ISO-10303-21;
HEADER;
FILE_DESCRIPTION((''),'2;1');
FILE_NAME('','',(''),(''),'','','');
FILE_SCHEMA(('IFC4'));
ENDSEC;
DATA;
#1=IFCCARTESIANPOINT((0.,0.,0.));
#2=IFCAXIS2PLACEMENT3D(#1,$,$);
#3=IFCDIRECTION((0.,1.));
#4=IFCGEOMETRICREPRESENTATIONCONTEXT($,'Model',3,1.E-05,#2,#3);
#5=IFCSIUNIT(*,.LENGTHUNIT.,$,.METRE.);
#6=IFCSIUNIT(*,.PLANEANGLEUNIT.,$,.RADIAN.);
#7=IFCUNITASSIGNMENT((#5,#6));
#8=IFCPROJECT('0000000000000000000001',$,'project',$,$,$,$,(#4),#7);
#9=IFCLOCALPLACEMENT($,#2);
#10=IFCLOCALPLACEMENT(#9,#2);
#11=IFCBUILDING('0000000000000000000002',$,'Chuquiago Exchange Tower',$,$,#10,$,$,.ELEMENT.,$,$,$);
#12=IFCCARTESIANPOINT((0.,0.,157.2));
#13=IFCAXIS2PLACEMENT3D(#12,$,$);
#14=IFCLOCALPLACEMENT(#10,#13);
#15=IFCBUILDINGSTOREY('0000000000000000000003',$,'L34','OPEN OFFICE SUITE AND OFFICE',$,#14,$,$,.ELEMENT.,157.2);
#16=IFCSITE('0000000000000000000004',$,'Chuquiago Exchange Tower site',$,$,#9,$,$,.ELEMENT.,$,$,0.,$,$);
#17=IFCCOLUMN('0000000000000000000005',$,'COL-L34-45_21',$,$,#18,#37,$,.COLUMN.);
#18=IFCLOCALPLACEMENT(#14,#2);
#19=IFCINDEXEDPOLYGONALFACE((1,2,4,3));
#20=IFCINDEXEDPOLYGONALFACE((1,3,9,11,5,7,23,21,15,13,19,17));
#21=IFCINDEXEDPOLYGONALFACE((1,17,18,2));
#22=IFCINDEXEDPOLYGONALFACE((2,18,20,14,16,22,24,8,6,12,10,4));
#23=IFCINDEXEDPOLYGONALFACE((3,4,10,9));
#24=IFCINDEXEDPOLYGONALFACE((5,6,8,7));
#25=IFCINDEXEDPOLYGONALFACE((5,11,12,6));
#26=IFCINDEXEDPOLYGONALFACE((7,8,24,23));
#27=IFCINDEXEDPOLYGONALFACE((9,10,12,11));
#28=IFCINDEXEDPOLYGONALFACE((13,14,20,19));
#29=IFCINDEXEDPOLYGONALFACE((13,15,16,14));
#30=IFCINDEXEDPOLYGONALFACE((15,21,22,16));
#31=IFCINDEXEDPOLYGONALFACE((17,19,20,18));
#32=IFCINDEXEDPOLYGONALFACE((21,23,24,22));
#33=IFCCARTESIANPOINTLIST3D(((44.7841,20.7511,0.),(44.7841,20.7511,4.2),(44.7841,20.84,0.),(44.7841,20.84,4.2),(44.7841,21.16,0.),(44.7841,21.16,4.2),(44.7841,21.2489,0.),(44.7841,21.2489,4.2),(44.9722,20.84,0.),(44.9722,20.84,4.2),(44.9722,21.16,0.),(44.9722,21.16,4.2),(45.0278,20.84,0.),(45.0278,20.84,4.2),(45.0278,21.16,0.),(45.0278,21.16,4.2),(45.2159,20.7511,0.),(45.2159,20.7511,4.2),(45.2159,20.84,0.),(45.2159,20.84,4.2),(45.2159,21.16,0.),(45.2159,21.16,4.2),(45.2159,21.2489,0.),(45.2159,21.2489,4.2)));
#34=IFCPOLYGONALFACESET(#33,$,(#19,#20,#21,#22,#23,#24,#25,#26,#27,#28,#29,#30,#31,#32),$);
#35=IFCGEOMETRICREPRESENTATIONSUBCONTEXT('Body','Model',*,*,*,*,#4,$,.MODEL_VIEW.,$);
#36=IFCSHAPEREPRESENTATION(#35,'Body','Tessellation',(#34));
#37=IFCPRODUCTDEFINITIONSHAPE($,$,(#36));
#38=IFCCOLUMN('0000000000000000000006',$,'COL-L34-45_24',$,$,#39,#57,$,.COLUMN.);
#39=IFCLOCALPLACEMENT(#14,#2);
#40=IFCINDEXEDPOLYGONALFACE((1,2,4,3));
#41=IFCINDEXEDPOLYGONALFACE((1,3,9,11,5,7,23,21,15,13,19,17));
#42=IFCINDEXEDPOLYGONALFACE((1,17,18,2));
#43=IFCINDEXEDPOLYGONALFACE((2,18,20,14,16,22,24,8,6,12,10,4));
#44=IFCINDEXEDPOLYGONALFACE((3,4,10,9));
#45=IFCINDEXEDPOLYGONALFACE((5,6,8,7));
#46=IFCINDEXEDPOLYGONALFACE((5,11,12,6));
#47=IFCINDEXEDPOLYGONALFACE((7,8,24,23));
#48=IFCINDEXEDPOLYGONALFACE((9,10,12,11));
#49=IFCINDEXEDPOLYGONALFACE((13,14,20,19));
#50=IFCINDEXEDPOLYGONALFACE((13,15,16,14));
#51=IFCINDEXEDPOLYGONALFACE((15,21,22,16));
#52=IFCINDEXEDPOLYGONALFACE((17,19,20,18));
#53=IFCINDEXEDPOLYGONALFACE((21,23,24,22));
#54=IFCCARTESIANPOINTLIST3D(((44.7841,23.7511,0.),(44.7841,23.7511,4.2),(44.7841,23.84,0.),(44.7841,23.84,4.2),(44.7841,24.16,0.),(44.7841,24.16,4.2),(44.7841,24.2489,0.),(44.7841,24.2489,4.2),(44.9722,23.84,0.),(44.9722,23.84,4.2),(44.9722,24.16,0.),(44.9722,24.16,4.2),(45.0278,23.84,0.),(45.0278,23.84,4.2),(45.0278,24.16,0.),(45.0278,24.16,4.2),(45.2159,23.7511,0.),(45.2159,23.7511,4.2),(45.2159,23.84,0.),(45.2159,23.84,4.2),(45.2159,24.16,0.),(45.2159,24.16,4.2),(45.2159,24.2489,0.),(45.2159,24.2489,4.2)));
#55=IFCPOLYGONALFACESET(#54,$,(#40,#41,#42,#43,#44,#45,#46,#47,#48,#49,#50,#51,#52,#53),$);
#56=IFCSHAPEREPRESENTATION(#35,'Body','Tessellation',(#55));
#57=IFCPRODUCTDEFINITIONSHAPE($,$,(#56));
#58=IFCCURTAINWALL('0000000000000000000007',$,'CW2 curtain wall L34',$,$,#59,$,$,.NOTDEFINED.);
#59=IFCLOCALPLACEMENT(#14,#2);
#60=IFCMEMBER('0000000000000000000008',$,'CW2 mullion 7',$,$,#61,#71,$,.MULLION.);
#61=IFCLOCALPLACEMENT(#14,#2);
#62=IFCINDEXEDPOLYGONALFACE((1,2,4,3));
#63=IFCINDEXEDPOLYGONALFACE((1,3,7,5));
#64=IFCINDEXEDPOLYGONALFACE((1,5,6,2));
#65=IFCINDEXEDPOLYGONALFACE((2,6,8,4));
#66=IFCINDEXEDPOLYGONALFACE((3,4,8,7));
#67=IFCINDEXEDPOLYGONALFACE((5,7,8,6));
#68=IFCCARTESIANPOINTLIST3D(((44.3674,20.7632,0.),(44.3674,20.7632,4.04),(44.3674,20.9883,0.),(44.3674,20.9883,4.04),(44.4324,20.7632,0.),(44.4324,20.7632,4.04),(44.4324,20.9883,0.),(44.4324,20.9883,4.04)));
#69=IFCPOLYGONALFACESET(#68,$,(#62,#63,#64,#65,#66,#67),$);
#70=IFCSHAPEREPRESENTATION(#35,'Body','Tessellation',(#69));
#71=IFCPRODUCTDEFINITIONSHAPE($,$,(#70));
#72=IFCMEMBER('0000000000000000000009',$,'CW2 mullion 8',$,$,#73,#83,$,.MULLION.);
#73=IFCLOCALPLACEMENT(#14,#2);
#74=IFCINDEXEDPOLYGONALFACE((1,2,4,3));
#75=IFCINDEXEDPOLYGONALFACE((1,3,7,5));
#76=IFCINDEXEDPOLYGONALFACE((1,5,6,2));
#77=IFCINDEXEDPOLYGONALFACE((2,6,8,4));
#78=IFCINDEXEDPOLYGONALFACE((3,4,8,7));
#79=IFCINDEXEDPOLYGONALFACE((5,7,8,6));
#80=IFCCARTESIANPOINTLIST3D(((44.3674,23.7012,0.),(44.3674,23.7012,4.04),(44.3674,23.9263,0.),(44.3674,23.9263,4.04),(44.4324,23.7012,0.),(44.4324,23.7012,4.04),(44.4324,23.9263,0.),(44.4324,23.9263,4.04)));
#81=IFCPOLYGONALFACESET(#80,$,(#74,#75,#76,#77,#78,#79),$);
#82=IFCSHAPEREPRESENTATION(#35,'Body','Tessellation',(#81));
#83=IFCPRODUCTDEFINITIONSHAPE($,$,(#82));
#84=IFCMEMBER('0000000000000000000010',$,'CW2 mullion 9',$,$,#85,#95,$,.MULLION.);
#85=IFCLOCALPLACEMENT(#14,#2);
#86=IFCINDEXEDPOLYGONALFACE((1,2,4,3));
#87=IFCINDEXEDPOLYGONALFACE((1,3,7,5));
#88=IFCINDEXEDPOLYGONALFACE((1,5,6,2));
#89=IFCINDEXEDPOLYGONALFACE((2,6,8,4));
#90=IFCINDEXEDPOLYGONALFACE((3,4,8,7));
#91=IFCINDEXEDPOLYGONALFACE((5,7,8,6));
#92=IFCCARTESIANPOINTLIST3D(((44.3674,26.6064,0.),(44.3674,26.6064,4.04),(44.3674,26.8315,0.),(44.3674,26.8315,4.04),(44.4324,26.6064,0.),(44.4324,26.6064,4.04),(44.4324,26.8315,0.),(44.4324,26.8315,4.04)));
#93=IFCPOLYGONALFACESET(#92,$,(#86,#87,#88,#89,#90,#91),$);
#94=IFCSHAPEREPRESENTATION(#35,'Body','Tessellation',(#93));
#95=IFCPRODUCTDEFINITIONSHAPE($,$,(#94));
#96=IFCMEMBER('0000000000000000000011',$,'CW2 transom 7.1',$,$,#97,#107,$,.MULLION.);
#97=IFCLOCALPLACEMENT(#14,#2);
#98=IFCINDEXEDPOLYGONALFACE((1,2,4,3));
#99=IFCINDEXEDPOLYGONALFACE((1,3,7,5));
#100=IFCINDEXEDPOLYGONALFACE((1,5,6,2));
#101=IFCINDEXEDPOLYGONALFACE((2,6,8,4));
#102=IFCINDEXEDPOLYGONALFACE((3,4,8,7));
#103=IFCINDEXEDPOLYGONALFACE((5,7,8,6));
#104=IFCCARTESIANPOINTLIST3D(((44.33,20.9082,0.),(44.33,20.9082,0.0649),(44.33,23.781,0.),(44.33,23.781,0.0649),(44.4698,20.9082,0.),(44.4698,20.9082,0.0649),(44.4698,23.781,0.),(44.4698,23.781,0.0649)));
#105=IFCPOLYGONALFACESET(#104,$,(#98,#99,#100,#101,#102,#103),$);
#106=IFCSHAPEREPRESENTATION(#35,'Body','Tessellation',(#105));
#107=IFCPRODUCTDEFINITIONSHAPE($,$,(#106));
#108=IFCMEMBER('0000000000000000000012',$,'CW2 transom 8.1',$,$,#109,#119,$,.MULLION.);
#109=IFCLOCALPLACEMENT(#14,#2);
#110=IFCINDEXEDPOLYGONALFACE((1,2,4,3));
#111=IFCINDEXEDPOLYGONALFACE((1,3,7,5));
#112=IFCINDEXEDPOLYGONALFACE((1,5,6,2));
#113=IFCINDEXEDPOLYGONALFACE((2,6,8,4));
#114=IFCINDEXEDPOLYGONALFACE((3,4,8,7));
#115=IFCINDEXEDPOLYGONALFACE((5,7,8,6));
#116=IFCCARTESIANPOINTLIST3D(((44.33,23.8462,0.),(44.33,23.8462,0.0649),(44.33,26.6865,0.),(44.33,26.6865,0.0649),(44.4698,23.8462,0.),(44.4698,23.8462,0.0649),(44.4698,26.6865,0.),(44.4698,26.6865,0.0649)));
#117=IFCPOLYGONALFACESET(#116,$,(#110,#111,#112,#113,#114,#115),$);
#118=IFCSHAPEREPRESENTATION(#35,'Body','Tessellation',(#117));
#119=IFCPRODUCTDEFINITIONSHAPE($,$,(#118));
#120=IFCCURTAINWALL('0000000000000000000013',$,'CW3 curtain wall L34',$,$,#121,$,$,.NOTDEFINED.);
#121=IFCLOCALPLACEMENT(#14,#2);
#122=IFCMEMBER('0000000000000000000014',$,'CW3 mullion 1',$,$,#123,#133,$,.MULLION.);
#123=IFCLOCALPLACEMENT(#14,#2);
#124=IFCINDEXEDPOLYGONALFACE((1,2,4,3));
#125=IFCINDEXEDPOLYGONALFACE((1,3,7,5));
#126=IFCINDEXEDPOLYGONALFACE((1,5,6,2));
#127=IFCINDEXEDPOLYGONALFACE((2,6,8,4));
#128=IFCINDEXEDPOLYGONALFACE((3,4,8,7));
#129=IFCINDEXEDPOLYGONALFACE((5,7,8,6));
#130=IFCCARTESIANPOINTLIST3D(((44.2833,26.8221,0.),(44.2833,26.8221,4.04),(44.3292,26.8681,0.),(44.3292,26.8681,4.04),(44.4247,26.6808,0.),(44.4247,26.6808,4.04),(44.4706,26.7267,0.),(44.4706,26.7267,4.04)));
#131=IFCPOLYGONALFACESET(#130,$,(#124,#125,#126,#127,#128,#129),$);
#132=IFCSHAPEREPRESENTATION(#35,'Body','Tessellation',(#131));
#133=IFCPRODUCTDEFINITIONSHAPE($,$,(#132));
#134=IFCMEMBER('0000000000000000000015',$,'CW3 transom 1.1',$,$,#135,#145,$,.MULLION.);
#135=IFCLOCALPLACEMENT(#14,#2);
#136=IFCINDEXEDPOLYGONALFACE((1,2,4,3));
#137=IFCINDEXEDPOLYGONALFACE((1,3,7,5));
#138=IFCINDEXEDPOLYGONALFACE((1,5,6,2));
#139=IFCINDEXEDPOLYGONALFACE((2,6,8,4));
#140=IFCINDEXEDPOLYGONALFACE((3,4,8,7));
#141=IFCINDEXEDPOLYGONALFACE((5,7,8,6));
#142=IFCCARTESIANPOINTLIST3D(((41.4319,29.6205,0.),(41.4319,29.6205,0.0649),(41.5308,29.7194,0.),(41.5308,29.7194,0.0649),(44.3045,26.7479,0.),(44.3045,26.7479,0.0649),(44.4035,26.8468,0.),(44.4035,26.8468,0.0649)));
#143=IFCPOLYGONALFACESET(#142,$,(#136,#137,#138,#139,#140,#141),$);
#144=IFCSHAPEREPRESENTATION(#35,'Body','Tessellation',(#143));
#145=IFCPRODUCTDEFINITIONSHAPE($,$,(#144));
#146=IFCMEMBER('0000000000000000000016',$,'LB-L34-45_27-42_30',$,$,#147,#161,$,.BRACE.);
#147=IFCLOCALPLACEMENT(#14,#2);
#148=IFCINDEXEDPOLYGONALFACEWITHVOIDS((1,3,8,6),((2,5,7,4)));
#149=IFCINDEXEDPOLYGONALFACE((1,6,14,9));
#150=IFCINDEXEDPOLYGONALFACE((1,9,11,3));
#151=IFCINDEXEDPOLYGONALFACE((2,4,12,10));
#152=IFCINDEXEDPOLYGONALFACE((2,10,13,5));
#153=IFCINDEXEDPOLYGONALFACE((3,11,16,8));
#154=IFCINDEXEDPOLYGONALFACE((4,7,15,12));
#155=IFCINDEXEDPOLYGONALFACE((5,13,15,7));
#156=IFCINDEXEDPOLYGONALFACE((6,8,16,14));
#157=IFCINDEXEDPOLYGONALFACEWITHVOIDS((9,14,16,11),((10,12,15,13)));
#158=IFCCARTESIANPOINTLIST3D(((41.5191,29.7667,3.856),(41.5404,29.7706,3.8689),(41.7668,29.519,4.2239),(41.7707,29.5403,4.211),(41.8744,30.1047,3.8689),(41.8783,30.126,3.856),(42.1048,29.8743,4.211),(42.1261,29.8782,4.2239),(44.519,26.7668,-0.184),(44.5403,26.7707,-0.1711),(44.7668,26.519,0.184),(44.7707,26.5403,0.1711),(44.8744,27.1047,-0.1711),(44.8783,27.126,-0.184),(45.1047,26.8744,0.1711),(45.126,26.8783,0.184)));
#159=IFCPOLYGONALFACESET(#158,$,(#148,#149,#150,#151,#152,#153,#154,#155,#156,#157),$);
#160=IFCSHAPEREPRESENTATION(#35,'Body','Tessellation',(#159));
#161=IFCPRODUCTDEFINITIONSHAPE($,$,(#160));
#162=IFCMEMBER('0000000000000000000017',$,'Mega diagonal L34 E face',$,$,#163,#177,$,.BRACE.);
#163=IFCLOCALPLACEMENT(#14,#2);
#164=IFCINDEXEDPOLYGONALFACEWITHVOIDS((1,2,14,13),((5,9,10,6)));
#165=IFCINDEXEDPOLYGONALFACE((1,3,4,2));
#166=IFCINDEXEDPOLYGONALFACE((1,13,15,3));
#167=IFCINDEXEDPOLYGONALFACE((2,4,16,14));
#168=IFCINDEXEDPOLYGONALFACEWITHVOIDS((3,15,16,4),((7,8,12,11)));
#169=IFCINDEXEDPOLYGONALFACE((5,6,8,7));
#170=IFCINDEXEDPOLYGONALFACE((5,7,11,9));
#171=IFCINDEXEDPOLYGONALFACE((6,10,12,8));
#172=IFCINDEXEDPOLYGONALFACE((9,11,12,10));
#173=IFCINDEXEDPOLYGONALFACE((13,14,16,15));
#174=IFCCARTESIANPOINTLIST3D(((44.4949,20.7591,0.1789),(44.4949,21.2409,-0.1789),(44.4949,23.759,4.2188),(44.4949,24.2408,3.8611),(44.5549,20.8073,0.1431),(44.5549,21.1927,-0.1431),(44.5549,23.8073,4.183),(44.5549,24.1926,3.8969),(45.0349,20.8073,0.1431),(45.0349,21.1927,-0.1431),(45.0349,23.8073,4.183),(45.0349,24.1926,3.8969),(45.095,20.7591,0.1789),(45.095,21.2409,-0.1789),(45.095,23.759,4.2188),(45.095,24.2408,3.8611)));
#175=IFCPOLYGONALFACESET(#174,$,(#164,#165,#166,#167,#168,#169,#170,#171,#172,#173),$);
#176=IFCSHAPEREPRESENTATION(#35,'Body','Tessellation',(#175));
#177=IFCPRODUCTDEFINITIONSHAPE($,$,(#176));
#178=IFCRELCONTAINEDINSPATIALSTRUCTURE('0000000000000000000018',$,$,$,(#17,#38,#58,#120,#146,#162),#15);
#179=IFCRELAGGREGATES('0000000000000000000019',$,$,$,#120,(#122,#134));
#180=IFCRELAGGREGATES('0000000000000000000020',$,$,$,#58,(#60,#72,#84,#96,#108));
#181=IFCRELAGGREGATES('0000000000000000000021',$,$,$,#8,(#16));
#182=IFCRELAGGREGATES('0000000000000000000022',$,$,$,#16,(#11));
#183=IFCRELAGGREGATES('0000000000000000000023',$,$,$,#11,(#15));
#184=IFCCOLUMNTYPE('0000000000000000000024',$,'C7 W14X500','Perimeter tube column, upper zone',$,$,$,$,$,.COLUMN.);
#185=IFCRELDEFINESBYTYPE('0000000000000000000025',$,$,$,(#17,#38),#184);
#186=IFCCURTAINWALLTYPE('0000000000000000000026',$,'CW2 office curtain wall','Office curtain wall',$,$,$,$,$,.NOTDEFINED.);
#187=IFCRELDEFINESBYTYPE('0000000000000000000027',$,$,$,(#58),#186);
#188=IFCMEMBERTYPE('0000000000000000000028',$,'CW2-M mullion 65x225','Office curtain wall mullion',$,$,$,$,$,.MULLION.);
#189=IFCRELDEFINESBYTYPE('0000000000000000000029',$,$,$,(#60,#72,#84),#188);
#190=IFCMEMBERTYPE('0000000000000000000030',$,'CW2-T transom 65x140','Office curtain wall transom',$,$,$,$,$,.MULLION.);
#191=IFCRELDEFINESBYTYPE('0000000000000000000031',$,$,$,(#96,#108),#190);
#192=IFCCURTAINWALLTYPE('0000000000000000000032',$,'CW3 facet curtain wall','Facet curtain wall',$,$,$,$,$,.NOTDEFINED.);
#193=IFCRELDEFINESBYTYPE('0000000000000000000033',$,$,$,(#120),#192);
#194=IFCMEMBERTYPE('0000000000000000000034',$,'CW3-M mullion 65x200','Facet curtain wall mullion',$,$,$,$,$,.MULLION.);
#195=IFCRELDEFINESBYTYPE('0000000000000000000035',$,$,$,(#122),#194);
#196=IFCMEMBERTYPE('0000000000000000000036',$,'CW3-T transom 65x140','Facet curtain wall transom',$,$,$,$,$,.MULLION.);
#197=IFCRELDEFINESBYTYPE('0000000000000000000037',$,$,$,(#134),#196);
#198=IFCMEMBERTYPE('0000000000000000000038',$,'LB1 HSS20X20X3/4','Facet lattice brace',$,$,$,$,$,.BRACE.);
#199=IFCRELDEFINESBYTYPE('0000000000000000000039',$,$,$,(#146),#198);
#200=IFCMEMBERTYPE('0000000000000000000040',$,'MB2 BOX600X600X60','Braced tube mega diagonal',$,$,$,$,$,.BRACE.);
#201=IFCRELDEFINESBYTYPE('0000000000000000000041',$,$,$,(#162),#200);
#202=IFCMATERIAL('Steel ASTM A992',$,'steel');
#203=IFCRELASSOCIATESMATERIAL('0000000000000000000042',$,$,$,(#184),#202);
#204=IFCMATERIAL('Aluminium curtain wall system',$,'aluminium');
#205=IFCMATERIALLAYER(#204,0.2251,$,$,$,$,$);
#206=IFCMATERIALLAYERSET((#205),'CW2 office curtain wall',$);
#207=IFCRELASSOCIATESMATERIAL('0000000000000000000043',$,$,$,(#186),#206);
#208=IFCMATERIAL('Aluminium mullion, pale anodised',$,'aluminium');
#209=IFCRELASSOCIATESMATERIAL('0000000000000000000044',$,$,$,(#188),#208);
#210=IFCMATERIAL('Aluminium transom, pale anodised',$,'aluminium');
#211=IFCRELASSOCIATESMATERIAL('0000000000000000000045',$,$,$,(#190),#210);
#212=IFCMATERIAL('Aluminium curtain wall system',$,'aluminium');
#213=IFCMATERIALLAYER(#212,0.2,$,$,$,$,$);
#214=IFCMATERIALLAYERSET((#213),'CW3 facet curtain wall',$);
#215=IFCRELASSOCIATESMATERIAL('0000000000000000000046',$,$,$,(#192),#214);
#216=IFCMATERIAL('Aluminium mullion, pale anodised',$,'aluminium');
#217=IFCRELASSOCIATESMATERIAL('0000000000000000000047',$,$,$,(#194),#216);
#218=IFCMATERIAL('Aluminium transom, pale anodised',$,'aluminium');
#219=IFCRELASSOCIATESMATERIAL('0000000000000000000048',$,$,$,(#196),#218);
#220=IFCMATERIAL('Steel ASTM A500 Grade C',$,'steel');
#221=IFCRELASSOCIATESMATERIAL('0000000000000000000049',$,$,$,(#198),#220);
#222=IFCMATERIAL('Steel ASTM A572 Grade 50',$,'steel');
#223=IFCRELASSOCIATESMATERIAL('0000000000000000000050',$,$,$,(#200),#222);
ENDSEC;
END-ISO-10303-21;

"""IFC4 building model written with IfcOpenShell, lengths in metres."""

from ifc_helpers import new_model, si_unit, direction, frame, origin, origin_2d, place, context, subcontext, project, spatial, rectangle, hollow_rectangle, i_section, extrude, material, layer, layer_set, material_profile, profile_set, type_object, element, aggregate, save


model = new_model("IFC4")

# Units and contexts
model_context = context("Model", 3, precision=1e-05, world=origin(), true_north=direction((0.0, 1.0)))
body_context = subcontext(model_context, "Body", "Model", "MODEL_VIEW")
ifc_project = project(units=[si_unit("LENGTHUNIT", "METRE"), si_unit("PLANEANGLEUNIT", "RADIAN")], contexts=[model_context])

# Site, building, storey
site_placement = place(None, origin())
site = spatial("IfcSite", under=ifc_project, at=site_placement, Name="Chuquiago Exchange Tower site", CompositionType="ELEMENT", RefElevation=0.0)
building_placement = place(site_placement, origin())
building = spatial("IfcBuilding", under=site, at=building_placement, Name="Chuquiago Exchange Tower", CompositionType="ELEMENT")
storey_placement = place(building_placement, frame((0.0, 0.0, 157.2)))
storey = spatial("IfcBuildingStorey", under=building, at=storey_placement, Name="L34", Description="OPEN OFFICE SUITE AND OFFICE", CompositionType="ELEMENT", Elevation=157.2)

# Columns
ifc_material_1 = material(Name="Steel ASTM A992", Category="steel")
ifc_material_profile_1 = material_profile(ifc_material_1, i_section(OverallWidth=0.4319, OverallDepth=0.4978, WebThickness=0.0557, FlangeThickness=0.0889, at=origin_2d()), Name="W14X500")
ifc_profile_set_1 = profile_set([ifc_material_profile_1], Name="Steel ASTM A992")
column_type = type_object("IfcColumnType", Name="C7 W14X500", Description="Perimeter tube column, upper zone", PredefinedType="COLUMN", material=ifc_profile_set_1)
for number, where, z_axis, x_axis, name in (
    (1, (45.0, 21.0, 0.0), (0.0, 0.0, 1.0), (1.0, 0.0, 0.0), "COL-L34-45_21"),
    (2, (45.0, 24.0, 0.0), (0.0, 0.0, 1.0), (1.0, 0.0, 0.0), "COL-L34-45_24"),
):
    element("IfcColumn", number, at=place(storey_placement, frame(where, z_axis=z_axis, x_axis=x_axis)), inside=storey, type_object=column_type, Name=name, PredefinedType="COLUMN", context=body_context, shape_type="SweptSolid", body=[
        extrude(i_section(OverallWidth=0.4319, OverallDepth=0.4978, WebThickness=0.0557, FlangeThickness=0.0889, at=origin_2d()), origin(), (0.0, 0.0, 1.0), 4.2),
    ])

# Curtain walls, members
ifc_material_2 = material(Name="Aluminium curtain wall system", Category="aluminium")
ifc_layer_1 = layer(ifc_material_2, 0.2251)
ifc_layer_set_1 = layer_set([ifc_layer_1], Name="CW2 office curtain wall")
curtain_wall_type_1 = type_object("IfcCurtainWallType", Name="CW2 office curtain wall", Description="Office curtain wall", PredefinedType="NOTDEFINED", material=ifc_layer_set_1)
curtain_wall_1_placement = place(storey_placement, origin())
curtain_wall_1 = element("IfcCurtainWall", 3, at=curtain_wall_1_placement, inside=storey, type_object=curtain_wall_type_1, Name="CW2 curtain wall L34", PredefinedType="NOTDEFINED")
ifc_material_3 = material(Name="Aluminium mullion, pale anodised", Category="aluminium")
ifc_material_profile_2 = material_profile(ifc_material_3, rectangle(XDim=0.0649, YDim=0.2251, at=origin_2d()), Name="AL 65x225")
ifc_profile_set_2 = profile_set([ifc_material_profile_2], Name="Aluminium mullion, pale anodised")
member_type_1 = type_object("IfcMemberType", Name="CW2-M mullion 65x225", Description="Office curtain wall mullion", PredefinedType="MULLION", material=ifc_profile_set_2)
member_1_placement = place(storey_placement, frame((44.3999, 20.8757, 0.0), z_axis=(0.0, 0.0, 1.0), x_axis=(-1.0, 0.0, 0.0)))
member_1 = element("IfcMember", 4, at=member_1_placement, type_object=member_type_1, Name="CW2 mullion 7", PredefinedType="MULLION", context=body_context, shape_type="SweptSolid", body=[
    extrude(rectangle(XDim=0.0649, YDim=0.2251, at=origin_2d()), origin(), (0.0, 0.0, 1.0), 4.04),
])
member_2_placement = place(storey_placement, frame((44.3999, 23.8137, 0.0), z_axis=(0.0, 0.0, 1.0), x_axis=(-1.0, 0.0, 0.0)))
member_2 = element("IfcMember", 5, at=member_2_placement, type_object=member_type_1, Name="CW2 mullion 8", PredefinedType="MULLION", context=body_context, shape_type="SweptSolid", body=[
    extrude(rectangle(XDim=0.0649, YDim=0.2251, at=origin_2d()), origin(), (0.0, 0.0, 1.0), 4.04),
])
member_3_placement = place(storey_placement, frame((44.3999, 26.719, 0.0), z_axis=(0.0, 0.0, 1.0), x_axis=(-1.0, 0.0, 0.0)))
member_3 = element("IfcMember", 6, at=member_3_placement, type_object=member_type_1, Name="CW2 mullion 9", PredefinedType="MULLION", context=body_context, shape_type="SweptSolid", body=[
    extrude(rectangle(XDim=0.0649, YDim=0.2251, at=origin_2d()), origin(), (0.0, 0.0, 1.0), 4.04),
])
ifc_material_4 = material(Name="Aluminium transom, pale anodised", Category="aluminium")
ifc_material_profile_3 = material_profile(ifc_material_4, rectangle(XDim=0.1399, YDim=0.0649, at=origin_2d()), Name="AL 140x65")
ifc_profile_set_3 = profile_set([ifc_material_profile_3], Name="Aluminium transom, pale anodised")
member_type_2 = type_object("IfcMemberType", Name="CW2-T transom 65x140", Description="Office curtain wall transom", PredefinedType="MULLION", material=ifc_profile_set_3)
member_4_placement = place(storey_placement, frame((44.3999, 20.9082, 0.0325), z_axis=(0.0, 1.0, 0.0), x_axis=(-1.0, 0.0, 0.0)))
member_4 = element("IfcMember", 7, at=member_4_placement, type_object=member_type_2, Name="CW2 transom 7.1", PredefinedType="MULLION", context=body_context, shape_type="SweptSolid", body=[
    extrude(rectangle(XDim=0.1399, YDim=0.0649, at=origin_2d()), origin(), (0.0, 0.0, 1.0), 2.8728),
])
member_5_placement = place(storey_placement, frame((44.3999, 23.8462, 0.0325), z_axis=(0.0, 1.0, 0.0), x_axis=(-1.0, 0.0, 0.0)))
member_5 = element("IfcMember", 8, at=member_5_placement, type_object=member_type_2, Name="CW2 transom 8.1", PredefinedType="MULLION", context=body_context, shape_type="SweptSolid", body=[
    extrude(rectangle(XDim=0.1399, YDim=0.0649, at=origin_2d()), origin(), (0.0, 0.0, 1.0), 2.8403),
])
ifc_material_5 = material(Name="Aluminium curtain wall system", Category="aluminium")
ifc_layer_2 = layer(ifc_material_5, 0.2)
ifc_layer_set_2 = layer_set([ifc_layer_2], Name="CW3 facet curtain wall")
curtain_wall_type_2 = type_object("IfcCurtainWallType", Name="CW3 facet curtain wall", Description="Facet curtain wall", PredefinedType="NOTDEFINED", material=ifc_layer_set_2)
curtain_wall_2_placement = place(storey_placement, origin())
curtain_wall_2 = element("IfcCurtainWall", 9, at=curtain_wall_2_placement, inside=storey, type_object=curtain_wall_type_2, Name="CW3 curtain wall L34", PredefinedType="NOTDEFINED")
ifc_material_6 = material(Name="Aluminium mullion, pale anodised", Category="aluminium")
ifc_material_profile_4 = material_profile(ifc_material_6, rectangle(XDim=0.0649, YDim=0.2, at=origin_2d()), Name="AL 65x200")
ifc_profile_set_4 = profile_set([ifc_material_profile_4], Name="Aluminium mullion, pale anodised")
member_type_3 = type_object("IfcMemberType", Name="CW3-M mullion 65x200", Description="Facet curtain wall mullion", PredefinedType="MULLION", material=ifc_profile_set_4)
member_6_placement = place(storey_placement, frame((44.377, 26.7744, 0.0), z_axis=(0.0, 0.0, 1.0), x_axis=(-0.707107, -0.707107, 0.0)))
member_6 = element("IfcMember", 10, at=member_6_placement, type_object=member_type_3, Name="CW3 mullion 1", PredefinedType="MULLION", context=body_context, shape_type="SweptSolid", body=[
    extrude(rectangle(XDim=0.0649, YDim=0.2, at=origin_2d()), origin(), (0.0, 0.0, 1.0), 4.04),
])
ifc_material_7 = material(Name="Aluminium transom, pale anodised", Category="aluminium")
ifc_material_profile_5 = material_profile(ifc_material_7, rectangle(XDim=0.1399, YDim=0.0649, at=origin_2d()), Name="AL 140x65")
ifc_profile_set_5 = profile_set([ifc_material_profile_5], Name="Aluminium transom, pale anodised")
member_type_4 = type_object("IfcMemberType", Name="CW3-T transom 65x140", Description="Facet curtain wall transom", PredefinedType="MULLION", material=ifc_profile_set_5)
member_7_placement = place(storey_placement, frame((44.354, 26.7974, 0.0325), z_axis=(-0.707107, 0.707107, 0.0), x_axis=(-0.707107, -0.707107, 0.0)))
member_7 = element("IfcMember", 11, at=member_7_placement, type_object=member_type_4, Name="CW3 transom 1.1", PredefinedType="MULLION", context=body_context, shape_type="SweptSolid", body=[
    extrude(rectangle(XDim=0.1399, YDim=0.0649, at=origin_2d()), origin(), (0.0, 0.0, 1.0), 4.0625),
])
aggregate(curtain_wall_2, [member_6, member_7])

# Members
ifc_material_8 = material(Name="Steel ASTM A500 Grade C", Category="steel")
ifc_material_profile_6 = material_profile(ifc_material_8, hollow_rectangle(XDim=0.5081, YDim=0.5081, WallThickness=0.0178, at=origin_2d()), Name="HSS20X20X3/4")
ifc_profile_set_6 = profile_set([ifc_material_profile_6], Name="Steel ASTM A500 Grade C")
member_type_5 = type_object("IfcMemberType", Name="LB1 HSS20X20X3/4", Description="Facet lattice brace", PredefinedType="BRACE", material=ifc_profile_set_6)
member_8_placement = place(storey_placement, frame((44.8225, 26.8225, 0.0), z_axis=(-0.512077, 0.512077, 0.689604), x_axis=(-0.707107, -0.707107, 0.0)))
element("IfcMember", 12, at=member_8_placement, inside=storey, type_object=member_type_5, Name="LB-L34-45_27-42_30", PredefinedType="BRACE", context=body_context, shape_type="SweptSolid", body=[
    extrude(hollow_rectangle(XDim=0.5081, YDim=0.5081, WallThickness=0.0178, at=origin_2d()), origin(), (0.0, 0.0, 1.0), 5.8584),
])
ifc_material_9 = material(Name="Steel ASTM A572 Grade 50", Category="steel")
ifc_material_profile_7 = material_profile(ifc_material_9, hollow_rectangle(XDim=0.6001, YDim=0.6001, WallThickness=0.0601, at=origin_2d()), Name="BOX600X600X60")
ifc_profile_set_7 = profile_set([ifc_material_profile_7], Name="Steel ASTM A572 Grade 50")
member_type_6 = type_object("IfcMemberType", Name="MB2 BOX600X600X60", Description="Braced tube mega diagonal", PredefinedType="BRACE", material=ifc_profile_set_7)
member_9_placement = place(storey_placement, frame((44.7949, 21.0, 0.0), z_axis=(0.0, 0.596174, 0.802855), x_axis=(-1.0, 0.0, 0.0)))
element("IfcMember", 13, at=member_9_placement, inside=storey, type_object=member_type_6, Name="Mega diagonal L34 E face", PredefinedType="BRACE", context=body_context, shape_type="SweptSolid", body=[
    extrude(hollow_rectangle(XDim=0.6001, YDim=0.6001, WallThickness=0.0601, at=origin_2d()), origin(), (0.0, 0.0, 1.0), 5.032),
])

aggregate(curtain_wall_1, [member_1, member_2, member_3, member_4, member_5])

save(model, "model.ifc")
